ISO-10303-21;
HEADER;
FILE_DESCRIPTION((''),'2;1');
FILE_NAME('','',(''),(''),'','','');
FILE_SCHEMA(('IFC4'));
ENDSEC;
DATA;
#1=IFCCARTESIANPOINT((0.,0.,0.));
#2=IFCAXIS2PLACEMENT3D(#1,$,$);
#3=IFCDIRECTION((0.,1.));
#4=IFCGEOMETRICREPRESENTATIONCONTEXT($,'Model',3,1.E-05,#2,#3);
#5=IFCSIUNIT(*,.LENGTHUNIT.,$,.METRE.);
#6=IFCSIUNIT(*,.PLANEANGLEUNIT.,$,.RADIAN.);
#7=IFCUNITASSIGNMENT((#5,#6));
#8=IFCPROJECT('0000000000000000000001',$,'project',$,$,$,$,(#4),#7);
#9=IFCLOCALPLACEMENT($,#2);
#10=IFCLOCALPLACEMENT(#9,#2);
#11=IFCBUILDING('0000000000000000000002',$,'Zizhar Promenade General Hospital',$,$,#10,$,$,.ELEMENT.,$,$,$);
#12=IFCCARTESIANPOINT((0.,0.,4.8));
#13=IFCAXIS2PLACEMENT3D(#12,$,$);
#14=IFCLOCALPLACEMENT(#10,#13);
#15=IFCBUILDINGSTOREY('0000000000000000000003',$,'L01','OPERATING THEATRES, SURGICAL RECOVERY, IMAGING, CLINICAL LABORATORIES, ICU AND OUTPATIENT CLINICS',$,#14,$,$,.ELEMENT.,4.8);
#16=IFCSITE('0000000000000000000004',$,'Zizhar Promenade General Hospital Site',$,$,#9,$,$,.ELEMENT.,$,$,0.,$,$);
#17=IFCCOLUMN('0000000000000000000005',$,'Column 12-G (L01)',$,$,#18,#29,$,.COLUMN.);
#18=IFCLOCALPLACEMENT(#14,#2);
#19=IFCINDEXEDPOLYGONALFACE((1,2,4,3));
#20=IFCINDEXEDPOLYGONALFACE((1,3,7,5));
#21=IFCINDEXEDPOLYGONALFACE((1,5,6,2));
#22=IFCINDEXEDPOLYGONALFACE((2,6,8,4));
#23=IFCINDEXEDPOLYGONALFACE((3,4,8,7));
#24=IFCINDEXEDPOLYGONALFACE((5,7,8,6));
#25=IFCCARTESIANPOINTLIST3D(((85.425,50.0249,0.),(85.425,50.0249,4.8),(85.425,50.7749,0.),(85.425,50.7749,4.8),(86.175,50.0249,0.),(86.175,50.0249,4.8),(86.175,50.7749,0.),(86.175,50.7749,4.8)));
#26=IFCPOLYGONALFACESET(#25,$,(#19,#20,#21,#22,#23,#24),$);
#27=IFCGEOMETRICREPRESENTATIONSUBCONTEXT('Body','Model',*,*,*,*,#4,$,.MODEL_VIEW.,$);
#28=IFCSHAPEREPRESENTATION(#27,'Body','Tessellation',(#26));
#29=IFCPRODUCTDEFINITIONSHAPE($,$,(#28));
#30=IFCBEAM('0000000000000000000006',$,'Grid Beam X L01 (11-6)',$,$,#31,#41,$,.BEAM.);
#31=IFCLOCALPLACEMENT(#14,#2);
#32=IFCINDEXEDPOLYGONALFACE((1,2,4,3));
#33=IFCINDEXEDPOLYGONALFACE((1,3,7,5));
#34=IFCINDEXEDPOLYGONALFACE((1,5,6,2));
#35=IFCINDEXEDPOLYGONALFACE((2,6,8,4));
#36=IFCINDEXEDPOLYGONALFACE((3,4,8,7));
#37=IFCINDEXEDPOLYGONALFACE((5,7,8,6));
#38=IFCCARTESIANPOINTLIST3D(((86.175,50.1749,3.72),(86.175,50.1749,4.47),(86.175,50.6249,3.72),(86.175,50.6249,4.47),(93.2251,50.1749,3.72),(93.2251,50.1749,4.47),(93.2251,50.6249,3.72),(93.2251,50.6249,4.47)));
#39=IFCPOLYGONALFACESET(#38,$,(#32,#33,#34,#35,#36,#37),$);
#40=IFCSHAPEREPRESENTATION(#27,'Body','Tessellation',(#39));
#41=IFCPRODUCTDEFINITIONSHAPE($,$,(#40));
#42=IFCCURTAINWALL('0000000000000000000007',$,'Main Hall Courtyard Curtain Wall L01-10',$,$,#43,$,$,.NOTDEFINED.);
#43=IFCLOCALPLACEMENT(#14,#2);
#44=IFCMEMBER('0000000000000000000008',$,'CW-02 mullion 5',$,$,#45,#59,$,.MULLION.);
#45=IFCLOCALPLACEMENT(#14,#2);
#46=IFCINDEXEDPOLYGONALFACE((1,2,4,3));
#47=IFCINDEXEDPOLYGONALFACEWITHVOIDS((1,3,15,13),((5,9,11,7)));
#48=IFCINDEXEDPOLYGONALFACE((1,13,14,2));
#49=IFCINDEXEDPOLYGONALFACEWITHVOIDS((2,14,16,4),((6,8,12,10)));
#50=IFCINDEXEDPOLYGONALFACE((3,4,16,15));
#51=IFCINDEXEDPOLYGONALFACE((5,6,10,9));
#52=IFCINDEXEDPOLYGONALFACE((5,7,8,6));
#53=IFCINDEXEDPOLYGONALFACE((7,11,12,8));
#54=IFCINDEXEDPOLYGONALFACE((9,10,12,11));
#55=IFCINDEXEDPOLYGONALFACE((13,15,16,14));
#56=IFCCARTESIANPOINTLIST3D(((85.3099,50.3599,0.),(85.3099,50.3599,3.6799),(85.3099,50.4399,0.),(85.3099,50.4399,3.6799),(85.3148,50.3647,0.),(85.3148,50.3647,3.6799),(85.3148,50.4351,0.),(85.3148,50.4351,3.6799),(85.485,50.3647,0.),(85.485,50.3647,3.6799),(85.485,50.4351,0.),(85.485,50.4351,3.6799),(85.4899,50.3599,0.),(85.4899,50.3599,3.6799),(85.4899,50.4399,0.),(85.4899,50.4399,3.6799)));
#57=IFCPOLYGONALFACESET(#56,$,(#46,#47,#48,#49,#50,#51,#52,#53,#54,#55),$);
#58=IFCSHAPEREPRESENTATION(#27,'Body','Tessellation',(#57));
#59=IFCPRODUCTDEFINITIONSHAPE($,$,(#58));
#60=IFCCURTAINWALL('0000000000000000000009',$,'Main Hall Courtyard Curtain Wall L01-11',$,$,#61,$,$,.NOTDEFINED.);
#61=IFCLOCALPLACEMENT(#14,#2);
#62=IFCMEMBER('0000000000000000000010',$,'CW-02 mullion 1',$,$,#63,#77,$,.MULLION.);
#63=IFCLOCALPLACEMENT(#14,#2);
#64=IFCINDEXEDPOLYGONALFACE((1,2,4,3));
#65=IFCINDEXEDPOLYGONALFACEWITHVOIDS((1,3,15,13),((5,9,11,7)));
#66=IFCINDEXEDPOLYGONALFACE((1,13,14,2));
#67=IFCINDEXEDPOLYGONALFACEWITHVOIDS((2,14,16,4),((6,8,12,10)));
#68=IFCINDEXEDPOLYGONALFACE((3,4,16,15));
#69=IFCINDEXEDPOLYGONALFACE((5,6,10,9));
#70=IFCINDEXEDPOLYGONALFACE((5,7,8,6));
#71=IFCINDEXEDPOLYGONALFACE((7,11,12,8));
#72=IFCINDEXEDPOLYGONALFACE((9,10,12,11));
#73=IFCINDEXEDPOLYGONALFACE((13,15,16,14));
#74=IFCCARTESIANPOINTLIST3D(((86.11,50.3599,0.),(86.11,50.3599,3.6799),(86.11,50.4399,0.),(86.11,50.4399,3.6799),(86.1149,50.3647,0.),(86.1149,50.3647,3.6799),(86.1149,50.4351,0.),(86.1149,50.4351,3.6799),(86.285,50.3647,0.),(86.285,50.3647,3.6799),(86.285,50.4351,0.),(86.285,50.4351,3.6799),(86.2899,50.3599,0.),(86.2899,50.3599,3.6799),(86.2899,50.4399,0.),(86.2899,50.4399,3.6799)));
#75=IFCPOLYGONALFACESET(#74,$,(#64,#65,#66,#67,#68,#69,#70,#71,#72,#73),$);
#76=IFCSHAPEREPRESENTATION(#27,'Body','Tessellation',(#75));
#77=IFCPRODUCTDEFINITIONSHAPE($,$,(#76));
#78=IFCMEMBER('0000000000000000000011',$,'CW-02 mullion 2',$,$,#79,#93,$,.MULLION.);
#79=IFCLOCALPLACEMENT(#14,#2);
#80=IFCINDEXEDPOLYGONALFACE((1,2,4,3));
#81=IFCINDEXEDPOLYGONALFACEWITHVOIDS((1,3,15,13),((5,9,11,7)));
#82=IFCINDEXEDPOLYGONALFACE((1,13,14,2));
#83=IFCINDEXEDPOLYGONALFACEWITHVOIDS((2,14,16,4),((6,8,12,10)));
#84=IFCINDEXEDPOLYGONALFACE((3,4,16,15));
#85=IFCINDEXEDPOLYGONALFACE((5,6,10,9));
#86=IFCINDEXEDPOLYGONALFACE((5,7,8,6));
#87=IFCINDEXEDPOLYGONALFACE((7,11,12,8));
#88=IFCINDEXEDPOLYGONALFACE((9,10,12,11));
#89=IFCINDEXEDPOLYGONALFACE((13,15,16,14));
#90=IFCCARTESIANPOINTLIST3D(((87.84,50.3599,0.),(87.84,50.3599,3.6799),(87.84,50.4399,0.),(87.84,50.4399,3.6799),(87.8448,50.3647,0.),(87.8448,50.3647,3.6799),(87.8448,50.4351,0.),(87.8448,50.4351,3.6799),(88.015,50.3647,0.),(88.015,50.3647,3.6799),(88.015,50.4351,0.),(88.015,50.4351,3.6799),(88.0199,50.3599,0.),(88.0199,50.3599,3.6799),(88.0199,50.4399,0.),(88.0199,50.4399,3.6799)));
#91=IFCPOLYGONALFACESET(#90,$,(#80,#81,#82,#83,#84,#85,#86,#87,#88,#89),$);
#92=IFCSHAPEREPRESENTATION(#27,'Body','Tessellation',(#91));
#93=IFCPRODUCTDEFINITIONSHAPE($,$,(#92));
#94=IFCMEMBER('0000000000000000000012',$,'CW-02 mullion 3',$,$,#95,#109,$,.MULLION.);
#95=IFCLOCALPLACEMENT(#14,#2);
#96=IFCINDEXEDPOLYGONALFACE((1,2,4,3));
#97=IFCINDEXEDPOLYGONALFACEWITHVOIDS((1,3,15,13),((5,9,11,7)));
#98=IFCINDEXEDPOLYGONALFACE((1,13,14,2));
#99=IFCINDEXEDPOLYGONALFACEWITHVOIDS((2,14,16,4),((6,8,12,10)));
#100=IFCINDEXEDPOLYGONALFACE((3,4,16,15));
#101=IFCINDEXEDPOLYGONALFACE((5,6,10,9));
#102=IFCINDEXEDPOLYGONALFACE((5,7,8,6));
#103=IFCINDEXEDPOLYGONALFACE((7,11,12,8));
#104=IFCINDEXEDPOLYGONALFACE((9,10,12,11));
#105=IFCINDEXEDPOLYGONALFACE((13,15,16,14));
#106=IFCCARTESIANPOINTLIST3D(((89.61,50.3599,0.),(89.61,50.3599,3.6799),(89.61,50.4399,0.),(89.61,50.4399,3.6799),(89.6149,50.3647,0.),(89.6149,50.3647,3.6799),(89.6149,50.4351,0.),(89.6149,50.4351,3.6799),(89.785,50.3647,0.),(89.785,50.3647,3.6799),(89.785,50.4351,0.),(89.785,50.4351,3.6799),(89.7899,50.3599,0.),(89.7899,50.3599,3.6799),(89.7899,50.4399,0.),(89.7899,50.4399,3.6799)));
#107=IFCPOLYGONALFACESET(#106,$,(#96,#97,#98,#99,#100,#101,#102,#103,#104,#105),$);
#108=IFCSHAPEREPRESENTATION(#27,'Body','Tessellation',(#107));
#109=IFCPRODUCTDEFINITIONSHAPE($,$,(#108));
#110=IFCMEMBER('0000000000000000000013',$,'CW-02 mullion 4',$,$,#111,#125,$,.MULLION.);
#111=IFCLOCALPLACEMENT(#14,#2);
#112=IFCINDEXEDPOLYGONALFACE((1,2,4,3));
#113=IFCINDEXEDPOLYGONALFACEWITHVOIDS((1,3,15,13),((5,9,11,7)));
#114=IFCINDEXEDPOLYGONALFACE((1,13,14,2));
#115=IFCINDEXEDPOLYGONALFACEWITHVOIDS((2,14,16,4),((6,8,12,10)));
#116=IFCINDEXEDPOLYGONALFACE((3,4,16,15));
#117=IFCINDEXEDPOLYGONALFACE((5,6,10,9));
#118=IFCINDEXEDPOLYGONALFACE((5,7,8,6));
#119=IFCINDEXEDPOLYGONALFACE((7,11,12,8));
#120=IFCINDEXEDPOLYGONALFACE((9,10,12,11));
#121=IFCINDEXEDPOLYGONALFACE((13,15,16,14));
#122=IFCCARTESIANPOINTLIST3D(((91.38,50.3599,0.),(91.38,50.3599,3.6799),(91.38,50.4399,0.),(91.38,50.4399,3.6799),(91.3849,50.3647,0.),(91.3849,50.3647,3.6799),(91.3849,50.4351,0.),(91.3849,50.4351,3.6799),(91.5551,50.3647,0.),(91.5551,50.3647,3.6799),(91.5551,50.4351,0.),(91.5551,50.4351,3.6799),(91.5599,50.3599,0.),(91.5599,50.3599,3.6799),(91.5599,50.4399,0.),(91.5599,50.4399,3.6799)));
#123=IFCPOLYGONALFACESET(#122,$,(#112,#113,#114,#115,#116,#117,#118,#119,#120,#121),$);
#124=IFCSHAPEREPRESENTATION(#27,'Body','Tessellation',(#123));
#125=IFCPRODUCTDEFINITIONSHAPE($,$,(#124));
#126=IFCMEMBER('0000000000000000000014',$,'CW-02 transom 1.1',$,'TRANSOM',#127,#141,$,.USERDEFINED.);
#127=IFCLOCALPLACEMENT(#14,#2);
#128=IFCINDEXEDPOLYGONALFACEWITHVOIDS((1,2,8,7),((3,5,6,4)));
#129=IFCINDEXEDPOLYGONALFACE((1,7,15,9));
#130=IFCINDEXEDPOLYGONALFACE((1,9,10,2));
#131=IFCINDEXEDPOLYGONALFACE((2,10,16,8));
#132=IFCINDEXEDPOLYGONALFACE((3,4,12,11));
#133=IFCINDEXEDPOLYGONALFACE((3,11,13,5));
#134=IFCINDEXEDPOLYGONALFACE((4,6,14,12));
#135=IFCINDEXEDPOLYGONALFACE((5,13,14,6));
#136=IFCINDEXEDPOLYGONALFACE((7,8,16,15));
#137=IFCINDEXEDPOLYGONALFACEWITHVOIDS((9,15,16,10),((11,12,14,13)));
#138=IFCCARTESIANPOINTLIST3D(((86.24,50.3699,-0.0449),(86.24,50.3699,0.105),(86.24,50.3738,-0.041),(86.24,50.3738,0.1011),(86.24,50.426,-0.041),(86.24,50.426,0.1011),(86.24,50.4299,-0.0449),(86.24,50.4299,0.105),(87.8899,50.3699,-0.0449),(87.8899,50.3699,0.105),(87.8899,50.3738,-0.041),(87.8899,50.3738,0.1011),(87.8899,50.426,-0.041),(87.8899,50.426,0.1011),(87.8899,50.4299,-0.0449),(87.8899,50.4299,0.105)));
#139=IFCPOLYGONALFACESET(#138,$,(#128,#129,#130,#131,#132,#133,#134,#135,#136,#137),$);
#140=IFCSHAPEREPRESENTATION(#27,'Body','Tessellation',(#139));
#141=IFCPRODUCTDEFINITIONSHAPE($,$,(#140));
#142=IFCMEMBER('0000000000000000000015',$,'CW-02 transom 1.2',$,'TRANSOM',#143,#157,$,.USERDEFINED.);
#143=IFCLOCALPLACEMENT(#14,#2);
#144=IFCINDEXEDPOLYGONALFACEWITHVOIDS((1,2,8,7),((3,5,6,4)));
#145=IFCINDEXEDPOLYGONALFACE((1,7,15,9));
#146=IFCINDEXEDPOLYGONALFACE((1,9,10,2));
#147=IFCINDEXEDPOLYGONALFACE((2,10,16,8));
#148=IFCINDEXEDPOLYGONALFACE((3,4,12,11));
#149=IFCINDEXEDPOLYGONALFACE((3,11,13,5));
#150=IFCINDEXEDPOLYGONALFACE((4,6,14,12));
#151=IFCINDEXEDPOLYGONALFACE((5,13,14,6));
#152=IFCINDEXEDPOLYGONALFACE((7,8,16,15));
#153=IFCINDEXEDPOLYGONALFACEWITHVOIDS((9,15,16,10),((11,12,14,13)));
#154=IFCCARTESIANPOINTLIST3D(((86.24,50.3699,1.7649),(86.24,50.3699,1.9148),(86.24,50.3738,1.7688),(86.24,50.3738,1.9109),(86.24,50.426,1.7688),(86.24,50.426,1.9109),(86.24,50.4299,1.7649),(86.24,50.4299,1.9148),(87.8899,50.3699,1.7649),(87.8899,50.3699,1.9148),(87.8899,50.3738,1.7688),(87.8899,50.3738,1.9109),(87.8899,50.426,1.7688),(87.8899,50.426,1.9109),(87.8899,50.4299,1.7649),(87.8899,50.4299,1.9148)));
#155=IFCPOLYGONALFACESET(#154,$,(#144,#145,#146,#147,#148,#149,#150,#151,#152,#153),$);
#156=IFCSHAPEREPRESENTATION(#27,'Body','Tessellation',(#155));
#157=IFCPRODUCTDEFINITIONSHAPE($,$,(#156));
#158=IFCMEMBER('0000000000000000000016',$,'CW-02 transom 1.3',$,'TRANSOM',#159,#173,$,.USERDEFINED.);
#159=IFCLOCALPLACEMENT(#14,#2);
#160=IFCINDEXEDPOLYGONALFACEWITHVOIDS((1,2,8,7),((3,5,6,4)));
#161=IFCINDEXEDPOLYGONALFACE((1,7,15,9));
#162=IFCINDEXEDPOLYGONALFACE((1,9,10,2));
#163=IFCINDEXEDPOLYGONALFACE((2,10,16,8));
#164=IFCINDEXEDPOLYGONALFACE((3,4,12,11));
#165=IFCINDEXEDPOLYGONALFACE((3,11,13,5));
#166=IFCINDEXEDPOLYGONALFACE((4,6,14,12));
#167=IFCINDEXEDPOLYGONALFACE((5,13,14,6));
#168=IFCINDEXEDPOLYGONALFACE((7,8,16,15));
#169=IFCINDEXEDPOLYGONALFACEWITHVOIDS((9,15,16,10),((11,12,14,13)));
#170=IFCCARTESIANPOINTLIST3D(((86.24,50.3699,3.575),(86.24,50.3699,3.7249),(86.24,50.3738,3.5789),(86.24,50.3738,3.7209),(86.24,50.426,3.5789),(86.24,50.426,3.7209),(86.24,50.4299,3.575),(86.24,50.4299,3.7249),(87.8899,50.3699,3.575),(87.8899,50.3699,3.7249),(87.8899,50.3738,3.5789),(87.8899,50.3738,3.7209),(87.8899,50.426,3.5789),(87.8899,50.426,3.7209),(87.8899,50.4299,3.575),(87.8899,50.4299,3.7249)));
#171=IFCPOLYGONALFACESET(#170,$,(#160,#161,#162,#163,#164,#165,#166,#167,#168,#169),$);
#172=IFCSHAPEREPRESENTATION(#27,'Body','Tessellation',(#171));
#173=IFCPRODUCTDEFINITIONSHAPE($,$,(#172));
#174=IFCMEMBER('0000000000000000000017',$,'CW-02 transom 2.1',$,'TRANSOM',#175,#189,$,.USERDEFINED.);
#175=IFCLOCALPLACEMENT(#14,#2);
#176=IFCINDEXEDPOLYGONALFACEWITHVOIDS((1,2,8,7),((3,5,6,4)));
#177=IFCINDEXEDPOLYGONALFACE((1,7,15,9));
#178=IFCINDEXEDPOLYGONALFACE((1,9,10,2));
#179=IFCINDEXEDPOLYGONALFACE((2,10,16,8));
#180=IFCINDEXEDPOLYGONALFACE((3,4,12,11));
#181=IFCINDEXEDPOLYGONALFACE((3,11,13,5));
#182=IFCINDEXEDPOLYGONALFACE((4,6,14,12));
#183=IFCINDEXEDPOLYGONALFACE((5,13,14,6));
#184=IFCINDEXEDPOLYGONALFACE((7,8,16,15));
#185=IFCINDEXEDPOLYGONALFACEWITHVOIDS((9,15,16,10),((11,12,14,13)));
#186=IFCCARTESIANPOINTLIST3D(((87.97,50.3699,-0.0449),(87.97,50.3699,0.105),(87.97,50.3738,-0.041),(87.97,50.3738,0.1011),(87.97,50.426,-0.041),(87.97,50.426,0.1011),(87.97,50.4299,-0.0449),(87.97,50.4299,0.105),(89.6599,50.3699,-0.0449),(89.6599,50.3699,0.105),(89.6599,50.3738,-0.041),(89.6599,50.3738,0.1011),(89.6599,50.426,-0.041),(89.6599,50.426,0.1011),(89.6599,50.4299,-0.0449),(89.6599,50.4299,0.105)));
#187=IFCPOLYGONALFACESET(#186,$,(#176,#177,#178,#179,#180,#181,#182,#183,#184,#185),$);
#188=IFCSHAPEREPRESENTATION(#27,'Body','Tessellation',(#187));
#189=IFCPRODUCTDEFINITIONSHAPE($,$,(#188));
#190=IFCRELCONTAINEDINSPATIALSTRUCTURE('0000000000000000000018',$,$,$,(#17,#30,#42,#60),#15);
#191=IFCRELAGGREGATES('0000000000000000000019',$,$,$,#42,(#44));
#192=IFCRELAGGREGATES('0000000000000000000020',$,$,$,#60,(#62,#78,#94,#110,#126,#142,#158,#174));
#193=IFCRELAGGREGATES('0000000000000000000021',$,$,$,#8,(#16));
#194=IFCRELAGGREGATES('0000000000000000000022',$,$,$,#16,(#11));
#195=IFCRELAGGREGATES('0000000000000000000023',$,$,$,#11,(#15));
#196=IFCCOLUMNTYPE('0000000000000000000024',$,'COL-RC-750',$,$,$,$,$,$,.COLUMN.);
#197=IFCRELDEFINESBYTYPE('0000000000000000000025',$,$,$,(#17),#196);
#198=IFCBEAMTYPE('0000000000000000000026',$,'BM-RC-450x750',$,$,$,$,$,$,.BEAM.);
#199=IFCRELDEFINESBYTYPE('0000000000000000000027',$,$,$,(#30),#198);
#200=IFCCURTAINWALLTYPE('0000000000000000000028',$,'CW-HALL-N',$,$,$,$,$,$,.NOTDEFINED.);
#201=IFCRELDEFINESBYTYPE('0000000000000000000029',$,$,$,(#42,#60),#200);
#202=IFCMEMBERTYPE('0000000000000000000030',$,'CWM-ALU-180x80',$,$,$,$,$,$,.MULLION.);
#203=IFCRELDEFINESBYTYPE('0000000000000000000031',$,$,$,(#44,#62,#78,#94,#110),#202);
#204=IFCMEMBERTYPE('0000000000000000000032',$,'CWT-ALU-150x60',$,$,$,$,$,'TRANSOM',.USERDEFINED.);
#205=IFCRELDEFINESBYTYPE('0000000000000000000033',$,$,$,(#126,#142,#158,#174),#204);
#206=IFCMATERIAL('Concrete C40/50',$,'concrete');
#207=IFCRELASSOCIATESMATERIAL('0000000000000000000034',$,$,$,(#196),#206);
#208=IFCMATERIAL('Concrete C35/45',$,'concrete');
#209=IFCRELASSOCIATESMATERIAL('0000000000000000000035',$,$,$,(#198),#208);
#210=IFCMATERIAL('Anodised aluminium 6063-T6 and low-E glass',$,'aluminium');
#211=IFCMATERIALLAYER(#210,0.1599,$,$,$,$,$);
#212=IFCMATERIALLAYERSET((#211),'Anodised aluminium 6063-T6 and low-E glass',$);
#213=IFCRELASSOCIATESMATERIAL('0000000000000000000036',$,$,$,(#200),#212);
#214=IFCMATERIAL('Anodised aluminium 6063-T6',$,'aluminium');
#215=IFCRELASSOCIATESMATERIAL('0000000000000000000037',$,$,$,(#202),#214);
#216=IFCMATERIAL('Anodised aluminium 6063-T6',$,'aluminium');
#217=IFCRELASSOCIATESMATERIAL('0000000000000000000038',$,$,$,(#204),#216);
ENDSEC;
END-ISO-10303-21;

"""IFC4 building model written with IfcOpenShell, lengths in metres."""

from ifc_helpers import new_model, si_unit, direction, frame, origin, origin_2d, place, context, subcontext, project, spatial, rectangle, hollow_rectangle, extrude, material, layer, layer_set, material_profile, profile_set, type_object, element, aggregate, save


model = new_model("IFC4")

# Units and contexts
model_context = context("Model", 3, precision=1e-05, world=origin(), true_north=direction((0.0, 1.0)))
body_context = subcontext(model_context, "Body", "Model", "MODEL_VIEW")
ifc_project = project(units=[si_unit("LENGTHUNIT", "METRE"), si_unit("PLANEANGLEUNIT", "RADIAN")], contexts=[model_context])

# Site, building, storey
site_placement = place(None, origin())
site = spatial("IfcSite", under=ifc_project, at=site_placement, Name="Zizhar Promenade General Hospital Site", CompositionType="ELEMENT", RefElevation=0.0)
building_placement = place(site_placement, origin())
building = spatial("IfcBuilding", under=site, at=building_placement, Name="Zizhar Promenade General Hospital", CompositionType="ELEMENT")
storey_placement = place(building_placement, frame((0.0, 0.0, 4.8)))
storey = spatial("IfcBuildingStorey", under=building, at=storey_placement, Name="L01", Description="OPERATING THEATRES, SURGICAL RECOVERY, IMAGING, CLINICAL LABORATORIES, ICU AND OUTPATIENT CLINICS", CompositionType="ELEMENT", Elevation=4.8)

# Column
ifc_material_1 = material(Name="Concrete C40/50", Category="concrete")
ifc_material_profile_1 = material_profile(ifc_material_1, rectangle(XDim=0.75, YDim=0.75, at=origin_2d()))
ifc_profile_set_1 = profile_set([ifc_material_profile_1], Name="Concrete C40/50")
column_type = type_object("IfcColumnType", Name="COL-RC-750", PredefinedType="COLUMN", material=ifc_profile_set_1)
column_placement = place(storey_placement, frame((85.8, 50.3999, 0.0), z_axis=(0.0, 0.0, 1.0), x_axis=(1.0, 0.0, 0.0)))
element("IfcColumn", 1, at=column_placement, inside=storey, type_object=column_type, Name="Column 12-G (L01)", PredefinedType="COLUMN", context=body_context, shape_type="SweptSolid", body=[
    extrude(rectangle(XDim=0.75, YDim=0.75, at=origin_2d()), origin(), (0.0, 0.0, 1.0), 4.8),
])

# Beam
ifc_material_2 = material(Name="Concrete C35/45", Category="concrete")
ifc_material_profile_2 = material_profile(ifc_material_2, rectangle(XDim=0.45, YDim=0.75, at=origin_2d()))
ifc_profile_set_2 = profile_set([ifc_material_profile_2], Name="Concrete C35/45")
beam_type = type_object("IfcBeamType", Name="BM-RC-450x750", PredefinedType="BEAM", material=ifc_profile_set_2)
beam_placement = place(storey_placement, frame((86.175, 50.3999, 4.095), z_axis=(1.0, 0.0, 0.0), x_axis=(0.0, 1.0, 0.0)))
element("IfcBeam", 2, at=beam_placement, inside=storey, type_object=beam_type, Name="Grid Beam X L01 (11-6)", PredefinedType="BEAM", context=body_context, shape_type="SweptSolid", body=[
    extrude(rectangle(XDim=0.45, YDim=0.75, at=origin_2d()), origin(), (0.0, 0.0, 1.0), 7.05),
])

# Curtain wall, member
ifc_material_3 = material(Name="Anodised aluminium 6063-T6 and low-E glass", Category="aluminium")
ifc_layer_1 = layer(ifc_material_3, 0.1599)
ifc_layer_set_1 = layer_set([ifc_layer_1], Name="Anodised aluminium 6063-T6 and low-E glass")
curtain_wall_type = type_object("IfcCurtainWallType", Name="CW-HALL-N", PredefinedType="NOTDEFINED", material=ifc_layer_set_1)
curtain_wall_1_placement = place(storey_placement, origin())
curtain_wall_1 = element("IfcCurtainWall", 3, at=curtain_wall_1_placement, inside=storey, type_object=curtain_wall_type, Name="Main Hall Courtyard Curtain Wall L01-10", PredefinedType="NOTDEFINED")
ifc_material_4 = material(Name="Anodised aluminium 6063-T6", Category="aluminium")
ifc_material_profile_3 = material_profile(ifc_material_4, hollow_rectangle(XDim=0.0801, YDim=0.1799, WallThickness=0.0049, at=origin_2d()))
ifc_profile_set_3 = profile_set([ifc_material_profile_3], Name="Anodised aluminium 6063-T6")
member_type_1 = type_object("IfcMemberType", Name="CWM-ALU-180x80", PredefinedType="MULLION", material=ifc_profile_set_3)
member_1_placement = place(storey_placement, frame((85.3999, 50.3999, 0.0), z_axis=(0.0, 0.0, 1.0), x_axis=(0.0, 1.0, 0.0)))
member_1 = element("IfcMember", 4, at=member_1_placement, type_object=member_type_1, Name="CW-02 mullion 5", PredefinedType="MULLION", context=body_context, shape_type="SweptSolid", body=[
    extrude(hollow_rectangle(XDim=0.0801, YDim=0.1799, WallThickness=0.0049, at=origin_2d()), origin(), (0.0, 0.0, 1.0), 3.6799),
])
aggregate(curtain_wall_1, [member_1])

# Curtain wall, members
curtain_wall_2_placement = place(storey_placement, origin())
curtain_wall_2 = element("IfcCurtainWall", 5, at=curtain_wall_2_placement, inside=storey, type_object=curtain_wall_type, Name="Main Hall Courtyard Curtain Wall L01-11", PredefinedType="NOTDEFINED")
member_2_placement = place(storey_placement, frame((86.2, 50.3999, 0.0), z_axis=(0.0, 0.0, 1.0), x_axis=(0.0, 1.0, 0.0)))
member_2 = element("IfcMember", 6, at=member_2_placement, type_object=member_type_1, Name="CW-02 mullion 1", PredefinedType="MULLION", context=body_context, shape_type="SweptSolid", body=[
    extrude(hollow_rectangle(XDim=0.0801, YDim=0.1799, WallThickness=0.0049, at=origin_2d()), origin(), (0.0, 0.0, 1.0), 3.6799),
])
member_3_placement = place(storey_placement, frame((87.9299, 50.3999, 0.0), z_axis=(0.0, 0.0, 1.0), x_axis=(0.0, 1.0, 0.0)))
member_3 = element("IfcMember", 7, at=member_3_placement, type_object=member_type_1, Name="CW-02 mullion 2", PredefinedType="MULLION", context=body_context, shape_type="SweptSolid", body=[
    extrude(hollow_rectangle(XDim=0.0801, YDim=0.1799, WallThickness=0.0049, at=origin_2d()), origin(), (0.0, 0.0, 1.0), 3.6799),
])
member_4_placement = place(storey_placement, frame((89.7, 50.3999, 0.0), z_axis=(0.0, 0.0, 1.0), x_axis=(0.0, 1.0, 0.0)))
member_4 = element("IfcMember", 8, at=member_4_placement, type_object=member_type_1, Name="CW-02 mullion 3", PredefinedType="MULLION", context=body_context, shape_type="SweptSolid", body=[
    extrude(hollow_rectangle(XDim=0.0801, YDim=0.1799, WallThickness=0.0049, at=origin_2d()), origin(), (0.0, 0.0, 1.0), 3.6799),
])
member_5_placement = place(storey_placement, frame((91.47, 50.3999, 0.0), z_axis=(0.0, 0.0, 1.0), x_axis=(0.0, 1.0, 0.0)))
member_5 = element("IfcMember", 9, at=member_5_placement, type_object=member_type_1, Name="CW-02 mullion 4", PredefinedType="MULLION", context=body_context, shape_type="SweptSolid", body=[
    extrude(hollow_rectangle(XDim=0.0801, YDim=0.1799, WallThickness=0.0049, at=origin_2d()), origin(), (0.0, 0.0, 1.0), 3.6799),
])
ifc_material_5 = material(Name="Anodised aluminium 6063-T6", Category="aluminium")
ifc_material_profile_4 = material_profile(ifc_material_5, hollow_rectangle(XDim=0.0601, YDim=0.1499, WallThickness=0.0039, at=origin_2d()))
ifc_profile_set_4 = profile_set([ifc_material_profile_4], Name="Anodised aluminium 6063-T6")
member_type_2 = type_object("IfcMemberType", Name="CWT-ALU-150x60", ElementType="TRANSOM", PredefinedType="USERDEFINED", material=ifc_profile_set_4)
member_6_placement = place(storey_placement, frame((86.24, 50.3999, 0.03), z_axis=(1.0, 0.0, 0.0), x_axis=(0.0, 1.0, 0.0)))
member_6 = element("IfcMember", 10, at=member_6_placement, type_object=member_type_2, Name="CW-02 transom 1.1", ObjectType="TRANSOM", PredefinedType="USERDEFINED", context=body_context, shape_type="SweptSolid", body=[
    extrude(hollow_rectangle(XDim=0.0601, YDim=0.1499, WallThickness=0.0039, at=origin_2d()), origin(), (0.0, 0.0, 1.0), 1.6499),
])
member_7_placement = place(storey_placement, frame((86.24, 50.3999, 1.8398), z_axis=(1.0, 0.0, 0.0), x_axis=(0.0, 1.0, 0.0)))
member_7 = element("IfcMember", 11, at=member_7_placement, type_object=member_type_2, Name="CW-02 transom 1.2", ObjectType="TRANSOM", PredefinedType="USERDEFINED", context=body_context, shape_type="SweptSolid", body=[
    extrude(hollow_rectangle(XDim=0.0601, YDim=0.1499, WallThickness=0.0039, at=origin_2d()), origin(), (0.0, 0.0, 1.0), 1.6499),
])
member_8_placement = place(storey_placement, frame((86.24, 50.3999, 3.6499), z_axis=(1.0, 0.0, 0.0), x_axis=(0.0, 1.0, 0.0)))
member_8 = element("IfcMember", 12, at=member_8_placement, type_object=member_type_2, Name="CW-02 transom 1.3", ObjectType="TRANSOM", PredefinedType="USERDEFINED", context=body_context, shape_type="SweptSolid", body=[
    extrude(hollow_rectangle(XDim=0.0601, YDim=0.1499, WallThickness=0.0039, at=origin_2d()), origin(), (0.0, 0.0, 1.0), 1.6499),
])
member_9_placement = place(storey_placement, frame((87.97, 50.3999, 0.03), z_axis=(1.0, 0.0, 0.0), x_axis=(0.0, 1.0, 0.0)))
member_9 = element("IfcMember", 13, at=member_9_placement, type_object=member_type_2, Name="CW-02 transom 2.1", ObjectType="TRANSOM", PredefinedType="USERDEFINED", context=body_context, shape_type="SweptSolid", body=[
    extrude(hollow_rectangle(XDim=0.0601, YDim=0.1499, WallThickness=0.0039, at=origin_2d()), origin(), (0.0, 0.0, 1.0), 1.6899),
])
aggregate(curtain_wall_2, [member_2, member_3, member_4, member_5, member_6, member_7, member_8, member_9])

save(model, "model.ifc")
